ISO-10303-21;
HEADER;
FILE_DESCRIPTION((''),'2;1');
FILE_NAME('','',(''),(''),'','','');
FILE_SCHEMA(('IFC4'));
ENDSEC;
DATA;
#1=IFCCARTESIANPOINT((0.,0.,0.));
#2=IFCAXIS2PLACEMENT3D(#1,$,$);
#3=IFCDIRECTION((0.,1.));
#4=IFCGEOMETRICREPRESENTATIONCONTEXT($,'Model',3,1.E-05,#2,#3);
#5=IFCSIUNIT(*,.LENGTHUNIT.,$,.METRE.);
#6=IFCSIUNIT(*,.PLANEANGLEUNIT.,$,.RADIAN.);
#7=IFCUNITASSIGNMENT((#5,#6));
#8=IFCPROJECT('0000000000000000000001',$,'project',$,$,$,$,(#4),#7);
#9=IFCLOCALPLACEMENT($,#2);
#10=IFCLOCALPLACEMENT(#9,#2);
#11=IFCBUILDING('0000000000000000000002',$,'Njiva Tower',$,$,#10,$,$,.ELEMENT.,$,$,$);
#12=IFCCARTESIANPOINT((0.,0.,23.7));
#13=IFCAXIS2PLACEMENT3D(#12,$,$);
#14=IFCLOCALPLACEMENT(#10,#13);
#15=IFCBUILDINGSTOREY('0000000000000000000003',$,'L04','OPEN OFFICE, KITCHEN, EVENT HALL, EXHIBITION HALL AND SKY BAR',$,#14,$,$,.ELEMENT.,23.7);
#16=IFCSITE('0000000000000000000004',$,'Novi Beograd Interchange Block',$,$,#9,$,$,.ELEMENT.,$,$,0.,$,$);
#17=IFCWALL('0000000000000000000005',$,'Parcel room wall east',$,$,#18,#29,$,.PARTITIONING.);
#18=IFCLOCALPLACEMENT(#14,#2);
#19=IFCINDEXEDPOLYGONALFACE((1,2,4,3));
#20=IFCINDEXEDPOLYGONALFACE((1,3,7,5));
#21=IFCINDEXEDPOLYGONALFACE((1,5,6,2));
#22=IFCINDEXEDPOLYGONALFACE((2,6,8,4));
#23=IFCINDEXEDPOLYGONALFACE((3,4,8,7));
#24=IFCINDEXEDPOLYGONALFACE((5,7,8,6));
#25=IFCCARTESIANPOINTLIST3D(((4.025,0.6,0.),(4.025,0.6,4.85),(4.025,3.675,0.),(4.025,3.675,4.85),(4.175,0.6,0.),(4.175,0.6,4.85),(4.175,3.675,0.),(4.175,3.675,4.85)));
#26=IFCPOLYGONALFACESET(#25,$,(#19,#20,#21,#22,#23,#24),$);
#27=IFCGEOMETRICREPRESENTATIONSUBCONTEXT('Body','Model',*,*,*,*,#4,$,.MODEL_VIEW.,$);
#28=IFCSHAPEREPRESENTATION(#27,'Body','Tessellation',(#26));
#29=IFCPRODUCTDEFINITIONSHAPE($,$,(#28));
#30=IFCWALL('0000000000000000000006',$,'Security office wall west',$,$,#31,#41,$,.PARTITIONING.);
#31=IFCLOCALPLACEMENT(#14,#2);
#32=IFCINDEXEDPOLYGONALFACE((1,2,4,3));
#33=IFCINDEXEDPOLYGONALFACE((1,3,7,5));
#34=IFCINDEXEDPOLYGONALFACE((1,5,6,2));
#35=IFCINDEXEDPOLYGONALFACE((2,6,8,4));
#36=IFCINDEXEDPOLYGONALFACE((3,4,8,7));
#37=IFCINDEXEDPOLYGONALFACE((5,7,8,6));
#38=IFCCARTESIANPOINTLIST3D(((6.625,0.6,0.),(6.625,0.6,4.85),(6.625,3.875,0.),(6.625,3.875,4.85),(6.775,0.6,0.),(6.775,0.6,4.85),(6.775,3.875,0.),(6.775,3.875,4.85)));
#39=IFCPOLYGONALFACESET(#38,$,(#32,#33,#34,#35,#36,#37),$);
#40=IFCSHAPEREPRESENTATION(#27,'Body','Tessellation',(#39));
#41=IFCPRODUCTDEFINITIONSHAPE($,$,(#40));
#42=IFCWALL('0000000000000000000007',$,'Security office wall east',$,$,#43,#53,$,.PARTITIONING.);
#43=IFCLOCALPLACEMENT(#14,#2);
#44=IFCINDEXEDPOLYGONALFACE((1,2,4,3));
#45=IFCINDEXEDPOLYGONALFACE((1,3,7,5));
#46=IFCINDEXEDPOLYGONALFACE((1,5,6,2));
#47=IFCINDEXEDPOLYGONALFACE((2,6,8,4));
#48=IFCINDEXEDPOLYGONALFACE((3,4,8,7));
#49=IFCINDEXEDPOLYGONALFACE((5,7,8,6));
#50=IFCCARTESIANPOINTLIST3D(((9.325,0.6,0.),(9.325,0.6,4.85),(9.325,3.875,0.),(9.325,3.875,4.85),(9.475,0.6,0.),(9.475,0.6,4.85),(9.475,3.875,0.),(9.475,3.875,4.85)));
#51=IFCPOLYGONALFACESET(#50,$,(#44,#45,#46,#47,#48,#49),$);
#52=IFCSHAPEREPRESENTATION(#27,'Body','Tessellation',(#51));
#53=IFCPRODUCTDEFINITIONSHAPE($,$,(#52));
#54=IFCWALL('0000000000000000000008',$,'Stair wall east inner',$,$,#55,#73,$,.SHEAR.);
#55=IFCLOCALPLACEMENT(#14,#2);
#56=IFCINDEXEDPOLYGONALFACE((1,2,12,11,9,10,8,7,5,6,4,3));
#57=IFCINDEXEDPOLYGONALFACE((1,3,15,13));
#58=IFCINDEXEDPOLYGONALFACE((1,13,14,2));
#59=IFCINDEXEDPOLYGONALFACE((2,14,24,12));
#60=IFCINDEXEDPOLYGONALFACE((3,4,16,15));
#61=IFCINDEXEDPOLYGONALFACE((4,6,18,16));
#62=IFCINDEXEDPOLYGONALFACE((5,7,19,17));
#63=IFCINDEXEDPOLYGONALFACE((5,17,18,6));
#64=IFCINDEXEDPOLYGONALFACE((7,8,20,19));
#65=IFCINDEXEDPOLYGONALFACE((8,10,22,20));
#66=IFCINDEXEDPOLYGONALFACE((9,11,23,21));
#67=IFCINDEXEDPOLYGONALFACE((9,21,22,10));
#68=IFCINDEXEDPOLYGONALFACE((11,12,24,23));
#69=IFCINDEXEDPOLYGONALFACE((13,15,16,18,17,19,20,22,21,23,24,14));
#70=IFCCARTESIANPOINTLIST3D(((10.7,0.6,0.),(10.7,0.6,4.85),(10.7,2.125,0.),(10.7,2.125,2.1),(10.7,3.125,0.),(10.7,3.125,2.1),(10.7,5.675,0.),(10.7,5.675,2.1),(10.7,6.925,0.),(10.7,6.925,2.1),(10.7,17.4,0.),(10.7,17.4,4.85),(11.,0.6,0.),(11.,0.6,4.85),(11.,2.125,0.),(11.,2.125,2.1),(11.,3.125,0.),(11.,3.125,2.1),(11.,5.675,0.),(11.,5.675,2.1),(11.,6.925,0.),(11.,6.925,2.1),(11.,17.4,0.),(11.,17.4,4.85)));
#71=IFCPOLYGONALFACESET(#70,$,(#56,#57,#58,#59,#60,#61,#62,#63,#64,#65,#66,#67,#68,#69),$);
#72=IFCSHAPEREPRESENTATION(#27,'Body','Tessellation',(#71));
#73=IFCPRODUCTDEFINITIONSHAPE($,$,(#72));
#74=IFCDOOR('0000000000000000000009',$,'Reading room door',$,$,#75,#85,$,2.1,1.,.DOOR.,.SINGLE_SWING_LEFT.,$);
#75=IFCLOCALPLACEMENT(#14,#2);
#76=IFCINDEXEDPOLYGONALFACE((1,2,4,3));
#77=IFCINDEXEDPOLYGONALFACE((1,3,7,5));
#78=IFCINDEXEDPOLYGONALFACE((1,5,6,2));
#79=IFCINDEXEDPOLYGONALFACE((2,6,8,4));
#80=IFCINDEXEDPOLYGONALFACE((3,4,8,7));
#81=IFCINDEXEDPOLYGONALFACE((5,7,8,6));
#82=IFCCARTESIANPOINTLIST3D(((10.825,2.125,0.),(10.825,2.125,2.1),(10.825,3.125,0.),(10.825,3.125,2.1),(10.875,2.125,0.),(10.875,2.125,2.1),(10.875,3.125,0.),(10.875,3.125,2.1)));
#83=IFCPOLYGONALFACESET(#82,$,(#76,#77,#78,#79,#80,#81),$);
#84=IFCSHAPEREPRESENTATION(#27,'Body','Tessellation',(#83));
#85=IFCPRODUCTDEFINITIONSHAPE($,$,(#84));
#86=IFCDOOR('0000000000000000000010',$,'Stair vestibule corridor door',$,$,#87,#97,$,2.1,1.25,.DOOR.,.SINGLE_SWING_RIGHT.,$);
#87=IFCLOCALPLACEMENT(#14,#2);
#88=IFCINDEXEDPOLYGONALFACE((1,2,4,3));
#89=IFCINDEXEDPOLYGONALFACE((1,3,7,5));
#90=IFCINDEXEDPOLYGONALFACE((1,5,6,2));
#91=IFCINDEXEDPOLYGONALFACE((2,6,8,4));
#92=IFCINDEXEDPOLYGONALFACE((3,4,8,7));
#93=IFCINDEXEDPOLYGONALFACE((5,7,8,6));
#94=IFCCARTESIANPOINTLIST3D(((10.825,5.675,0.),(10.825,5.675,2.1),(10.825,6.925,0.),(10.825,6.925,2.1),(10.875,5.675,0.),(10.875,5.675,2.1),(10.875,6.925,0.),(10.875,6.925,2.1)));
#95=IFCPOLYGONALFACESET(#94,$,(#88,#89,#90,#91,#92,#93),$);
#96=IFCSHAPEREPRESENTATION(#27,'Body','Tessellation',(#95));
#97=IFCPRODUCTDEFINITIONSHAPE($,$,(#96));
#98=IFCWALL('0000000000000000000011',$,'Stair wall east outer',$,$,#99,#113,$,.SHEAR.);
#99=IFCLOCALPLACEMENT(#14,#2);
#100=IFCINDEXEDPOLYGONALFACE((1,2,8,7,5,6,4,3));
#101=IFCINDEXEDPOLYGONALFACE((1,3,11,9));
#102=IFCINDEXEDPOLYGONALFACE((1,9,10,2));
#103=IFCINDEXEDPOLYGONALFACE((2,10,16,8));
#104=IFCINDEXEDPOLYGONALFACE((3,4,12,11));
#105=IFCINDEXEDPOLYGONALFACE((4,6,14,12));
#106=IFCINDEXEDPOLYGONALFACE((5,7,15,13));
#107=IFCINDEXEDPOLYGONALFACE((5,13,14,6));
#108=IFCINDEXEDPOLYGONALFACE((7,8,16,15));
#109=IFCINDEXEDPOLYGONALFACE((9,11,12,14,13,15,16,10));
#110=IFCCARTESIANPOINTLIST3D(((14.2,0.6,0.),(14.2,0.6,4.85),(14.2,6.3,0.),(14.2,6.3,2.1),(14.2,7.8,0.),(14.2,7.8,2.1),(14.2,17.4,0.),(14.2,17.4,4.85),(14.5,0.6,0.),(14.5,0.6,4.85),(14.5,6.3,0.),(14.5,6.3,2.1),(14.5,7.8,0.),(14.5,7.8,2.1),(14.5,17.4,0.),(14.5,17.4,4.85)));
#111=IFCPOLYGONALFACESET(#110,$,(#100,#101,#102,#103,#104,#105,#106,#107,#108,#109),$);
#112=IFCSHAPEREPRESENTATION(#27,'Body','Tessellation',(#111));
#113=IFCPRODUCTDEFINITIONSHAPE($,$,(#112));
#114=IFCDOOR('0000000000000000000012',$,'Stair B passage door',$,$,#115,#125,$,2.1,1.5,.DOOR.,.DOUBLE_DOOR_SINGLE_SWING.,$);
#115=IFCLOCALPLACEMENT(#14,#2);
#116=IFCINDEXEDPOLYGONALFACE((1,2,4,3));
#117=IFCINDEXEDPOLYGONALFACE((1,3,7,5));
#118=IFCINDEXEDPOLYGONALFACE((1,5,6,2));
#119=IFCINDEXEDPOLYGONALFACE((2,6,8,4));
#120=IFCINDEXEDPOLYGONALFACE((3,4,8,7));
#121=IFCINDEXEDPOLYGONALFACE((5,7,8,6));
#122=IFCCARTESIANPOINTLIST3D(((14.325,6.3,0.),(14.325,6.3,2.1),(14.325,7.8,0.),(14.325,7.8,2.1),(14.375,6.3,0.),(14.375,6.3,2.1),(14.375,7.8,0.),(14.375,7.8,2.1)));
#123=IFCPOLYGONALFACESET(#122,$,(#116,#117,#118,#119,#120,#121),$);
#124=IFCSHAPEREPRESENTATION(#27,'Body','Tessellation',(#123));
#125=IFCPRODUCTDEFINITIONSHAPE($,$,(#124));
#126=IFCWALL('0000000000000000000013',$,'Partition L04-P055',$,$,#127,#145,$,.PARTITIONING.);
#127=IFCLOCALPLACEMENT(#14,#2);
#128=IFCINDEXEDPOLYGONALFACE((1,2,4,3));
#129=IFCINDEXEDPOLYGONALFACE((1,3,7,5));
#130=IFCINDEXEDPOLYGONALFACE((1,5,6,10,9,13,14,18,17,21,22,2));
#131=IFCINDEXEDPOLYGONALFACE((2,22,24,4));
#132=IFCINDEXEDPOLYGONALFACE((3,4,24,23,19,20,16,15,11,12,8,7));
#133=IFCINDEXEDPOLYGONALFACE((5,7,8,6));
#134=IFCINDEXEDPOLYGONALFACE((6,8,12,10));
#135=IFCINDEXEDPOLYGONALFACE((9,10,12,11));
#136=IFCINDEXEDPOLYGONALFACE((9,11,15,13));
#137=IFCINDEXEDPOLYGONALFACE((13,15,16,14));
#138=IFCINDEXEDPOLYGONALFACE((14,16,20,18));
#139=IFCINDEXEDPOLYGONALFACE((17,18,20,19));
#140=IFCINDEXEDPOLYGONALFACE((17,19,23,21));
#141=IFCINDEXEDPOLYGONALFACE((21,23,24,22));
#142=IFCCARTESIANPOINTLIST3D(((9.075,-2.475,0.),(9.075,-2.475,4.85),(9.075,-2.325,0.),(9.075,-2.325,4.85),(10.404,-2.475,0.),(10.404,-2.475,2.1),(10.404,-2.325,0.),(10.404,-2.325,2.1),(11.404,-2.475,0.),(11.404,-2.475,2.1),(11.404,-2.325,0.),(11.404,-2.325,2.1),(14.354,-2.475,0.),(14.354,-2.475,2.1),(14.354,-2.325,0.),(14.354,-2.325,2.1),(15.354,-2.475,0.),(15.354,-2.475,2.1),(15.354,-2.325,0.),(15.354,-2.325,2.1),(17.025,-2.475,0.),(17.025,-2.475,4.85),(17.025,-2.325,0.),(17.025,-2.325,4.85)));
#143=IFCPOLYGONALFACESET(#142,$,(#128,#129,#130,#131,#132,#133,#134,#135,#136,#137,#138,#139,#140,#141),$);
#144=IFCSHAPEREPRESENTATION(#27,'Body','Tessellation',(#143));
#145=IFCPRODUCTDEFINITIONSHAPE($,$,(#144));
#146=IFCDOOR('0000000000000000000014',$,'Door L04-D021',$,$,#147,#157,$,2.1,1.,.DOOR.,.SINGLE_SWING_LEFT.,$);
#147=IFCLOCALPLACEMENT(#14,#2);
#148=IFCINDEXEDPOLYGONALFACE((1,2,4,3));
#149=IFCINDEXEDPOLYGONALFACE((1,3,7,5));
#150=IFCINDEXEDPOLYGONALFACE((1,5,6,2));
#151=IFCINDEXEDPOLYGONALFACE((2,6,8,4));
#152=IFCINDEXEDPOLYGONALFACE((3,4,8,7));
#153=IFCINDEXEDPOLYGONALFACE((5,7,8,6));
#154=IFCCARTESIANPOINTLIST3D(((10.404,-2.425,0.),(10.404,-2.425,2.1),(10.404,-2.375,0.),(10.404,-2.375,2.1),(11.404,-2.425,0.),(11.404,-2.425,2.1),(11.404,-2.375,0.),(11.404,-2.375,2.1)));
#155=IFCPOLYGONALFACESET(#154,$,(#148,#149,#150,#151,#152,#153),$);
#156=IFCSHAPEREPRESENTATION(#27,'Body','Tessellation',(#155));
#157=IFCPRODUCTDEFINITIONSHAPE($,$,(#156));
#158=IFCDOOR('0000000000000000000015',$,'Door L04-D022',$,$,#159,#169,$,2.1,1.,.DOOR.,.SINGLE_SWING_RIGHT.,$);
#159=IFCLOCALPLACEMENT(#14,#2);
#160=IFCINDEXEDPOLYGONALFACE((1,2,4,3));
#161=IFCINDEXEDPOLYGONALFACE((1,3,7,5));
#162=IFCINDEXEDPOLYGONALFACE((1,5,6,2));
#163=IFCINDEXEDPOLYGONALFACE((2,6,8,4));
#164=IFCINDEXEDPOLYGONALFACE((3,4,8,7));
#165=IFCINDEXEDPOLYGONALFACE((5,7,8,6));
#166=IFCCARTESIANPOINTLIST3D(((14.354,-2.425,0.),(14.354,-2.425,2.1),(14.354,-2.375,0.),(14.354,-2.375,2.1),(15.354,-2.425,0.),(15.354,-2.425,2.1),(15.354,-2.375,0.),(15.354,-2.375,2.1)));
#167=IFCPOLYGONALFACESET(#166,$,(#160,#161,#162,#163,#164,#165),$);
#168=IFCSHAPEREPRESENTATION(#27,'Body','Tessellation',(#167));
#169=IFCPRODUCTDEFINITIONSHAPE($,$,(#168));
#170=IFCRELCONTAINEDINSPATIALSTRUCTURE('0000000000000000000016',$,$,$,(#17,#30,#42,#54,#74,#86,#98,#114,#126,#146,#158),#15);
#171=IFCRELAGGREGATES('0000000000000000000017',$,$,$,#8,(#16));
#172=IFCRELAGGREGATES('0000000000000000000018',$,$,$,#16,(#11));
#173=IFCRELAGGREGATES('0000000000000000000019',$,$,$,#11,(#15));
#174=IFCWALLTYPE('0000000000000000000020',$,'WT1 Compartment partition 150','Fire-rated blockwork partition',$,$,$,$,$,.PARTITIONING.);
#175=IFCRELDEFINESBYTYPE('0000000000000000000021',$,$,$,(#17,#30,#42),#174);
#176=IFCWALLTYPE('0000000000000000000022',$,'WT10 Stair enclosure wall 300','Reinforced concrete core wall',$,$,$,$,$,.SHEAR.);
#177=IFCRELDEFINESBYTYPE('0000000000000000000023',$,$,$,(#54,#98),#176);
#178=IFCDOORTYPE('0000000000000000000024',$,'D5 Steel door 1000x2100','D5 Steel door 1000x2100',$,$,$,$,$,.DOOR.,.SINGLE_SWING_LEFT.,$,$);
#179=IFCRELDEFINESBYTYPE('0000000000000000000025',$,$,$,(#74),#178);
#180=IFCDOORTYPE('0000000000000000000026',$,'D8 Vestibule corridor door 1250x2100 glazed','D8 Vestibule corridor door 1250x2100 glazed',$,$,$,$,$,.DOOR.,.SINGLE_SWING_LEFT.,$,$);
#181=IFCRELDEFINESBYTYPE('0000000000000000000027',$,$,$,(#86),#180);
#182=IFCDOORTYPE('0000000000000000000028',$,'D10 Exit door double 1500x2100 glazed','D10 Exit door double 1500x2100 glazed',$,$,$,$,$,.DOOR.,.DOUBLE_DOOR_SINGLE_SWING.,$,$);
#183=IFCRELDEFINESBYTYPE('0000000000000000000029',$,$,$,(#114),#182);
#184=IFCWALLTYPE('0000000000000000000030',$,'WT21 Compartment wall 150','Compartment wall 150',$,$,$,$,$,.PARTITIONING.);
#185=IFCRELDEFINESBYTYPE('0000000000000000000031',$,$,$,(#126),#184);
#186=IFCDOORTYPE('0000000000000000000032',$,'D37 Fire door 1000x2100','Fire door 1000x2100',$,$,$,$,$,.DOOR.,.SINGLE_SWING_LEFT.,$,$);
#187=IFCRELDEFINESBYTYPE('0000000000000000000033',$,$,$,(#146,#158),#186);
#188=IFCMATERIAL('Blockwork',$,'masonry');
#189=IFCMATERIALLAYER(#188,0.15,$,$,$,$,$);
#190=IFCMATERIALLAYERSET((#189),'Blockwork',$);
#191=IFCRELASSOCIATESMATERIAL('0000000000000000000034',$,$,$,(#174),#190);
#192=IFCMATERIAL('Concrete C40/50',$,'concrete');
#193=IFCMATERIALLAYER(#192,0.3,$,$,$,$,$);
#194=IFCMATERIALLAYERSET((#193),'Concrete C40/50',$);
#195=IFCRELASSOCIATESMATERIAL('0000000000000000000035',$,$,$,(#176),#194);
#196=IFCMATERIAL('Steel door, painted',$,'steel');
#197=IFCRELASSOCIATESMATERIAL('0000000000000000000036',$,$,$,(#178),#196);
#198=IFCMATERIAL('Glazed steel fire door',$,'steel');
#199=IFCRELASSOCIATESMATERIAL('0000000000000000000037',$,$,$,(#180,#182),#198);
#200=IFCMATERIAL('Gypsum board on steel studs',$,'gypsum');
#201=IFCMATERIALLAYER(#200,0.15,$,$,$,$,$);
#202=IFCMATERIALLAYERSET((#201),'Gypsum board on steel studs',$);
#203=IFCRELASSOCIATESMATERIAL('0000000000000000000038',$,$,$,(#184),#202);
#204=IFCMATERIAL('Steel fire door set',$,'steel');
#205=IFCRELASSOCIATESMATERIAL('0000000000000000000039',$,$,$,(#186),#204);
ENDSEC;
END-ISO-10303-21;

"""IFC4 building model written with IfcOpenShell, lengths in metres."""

from ifc_helpers import new_model, si_unit, direction, frame, frame_2d, origin, place, context, subcontext, project, spatial, rectangle, extrude, material, layer, layer_set, type_object, element, fill, save


model = new_model("IFC4")

# Units and contexts
model_context = context("Model", 3, precision=1e-05, world=origin(), true_north=direction((0.0, 1.0)))
body_context = subcontext(model_context, "Body", "Model", "MODEL_VIEW")
ifc_project = project(units=[si_unit("LENGTHUNIT", "METRE"), si_unit("PLANEANGLEUNIT", "RADIAN")], contexts=[model_context])

# Site, building, storey
site_placement = place(None, origin())
site = spatial("IfcSite", under=ifc_project, at=site_placement, Name="Novi Beograd Interchange Block", CompositionType="ELEMENT", RefElevation=0.0)
building_placement = place(site_placement, origin())
building = spatial("IfcBuilding", under=site, at=building_placement, Name="Njiva Tower", CompositionType="ELEMENT")
storey_placement = place(building_placement, frame((0.0, 0.0, 23.7)))
storey = spatial("IfcBuildingStorey", under=building, at=storey_placement, Name="L04", Description="OPEN OFFICE, KITCHEN, EVENT HALL, EXHIBITION HALL AND SKY BAR", CompositionType="ELEMENT", Elevation=23.7)

# Shared definitions
ifc_material_1 = material(Name="Concrete C40/50", Category="concrete")

# Walls
ifc_material_2 = material(Name="Blockwork", Category="masonry")
ifc_layer_1 = layer(ifc_material_2, 0.15)
ifc_layer_set_1 = layer_set([ifc_layer_1], Name="Blockwork")
wall_type_1 = type_object("IfcWallType", Name="WT1 Compartment partition 150", Description="Fire-rated blockwork partition", PredefinedType="PARTITIONING", material=ifc_layer_set_1)
for number, where, z_axis, x_axis, name in (
    (1, (4.1, 0.6, 0.0), (0.0, 0.0, 1.0), (0.0, 1.0, 0.0), "Parcel room wall east"),
):
    element("IfcWall", number, at=place(storey_placement, frame(where, z_axis=z_axis, x_axis=x_axis)), inside=storey, type_object=wall_type_1, Name=name, PredefinedType="PARTITIONING", context=body_context, shape_type="SweptSolid", body=[
        extrude(rectangle(XDim=3.075, YDim=0.15, at=frame_2d((1.5375, 0.0))), origin(), (0.0, 0.0, 1.0), 4.85),
    ])
for number, where, z_axis, x_axis, name in (
    (2, (6.7, 0.6, 0.0), (0.0, 0.0, 1.0), (0.0, 1.0, 0.0), "Security office wall west"),
    (3, (9.4, 0.6, 0.0), (0.0, 0.0, 1.0), (0.0, 1.0, 0.0), "Security office wall east"),
):
    element("IfcWall", number, at=place(storey_placement, frame(where, z_axis=z_axis, x_axis=x_axis)), inside=storey, type_object=wall_type_1, Name=name, PredefinedType="PARTITIONING", context=body_context, shape_type="SweptSolid", body=[
        extrude(rectangle(XDim=3.275, YDim=0.15, at=frame_2d((1.6375, 0.0))), origin(), (0.0, 0.0, 1.0), 4.85),
    ])

# Wall, openings, doors
ifc_layer_2 = layer(ifc_material_1, 0.3)
ifc_layer_set_2 = layer_set([ifc_layer_2], Name="Concrete C40/50")
wall_type_2 = type_object("IfcWallType", Name="WT10 Stair enclosure wall 300", Description="Reinforced concrete core wall", PredefinedType="SHEAR", material=ifc_layer_set_2)
wall_1_placement = place(storey_placement, frame((10.85, 0.6, 0.0), z_axis=(0.0, 0.0, 1.0), x_axis=(0.0, 1.0, 0.0)))
wall_1 = element("IfcWall", 4, at=wall_1_placement, inside=storey, type_object=wall_type_2, Name="Stair wall east inner", PredefinedType="SHEAR", context=body_context, shape_type="SweptSolid", body=[
    extrude(rectangle(XDim=16.8, YDim=0.3, at=frame_2d((8.4, 0.0))), origin(), (0.0, 0.0, 1.0), 4.85),
])
opening_1_placement = place(wall_1_placement, frame((5.075, 0.0, 0.0)))
opening_1 = element("IfcOpeningElement", 5, at=opening_1_placement, cuts=wall_1, PredefinedType="OPENING", context=body_context, shape_type="SweptSolid", body=[
    extrude(rectangle(XDim=1.25, YDim=2.1, at=frame_2d((0.625, 1.05))), frame((0.0, 0.16, 0.0), z_axis=(0.0, -1.0, 0.0), x_axis=(1.0, 0.0, 0.0)), (0.0, 0.0, 1.0), 0.32),
])
opening_2_placement = place(wall_1_placement, frame((1.525, 0.0, 0.0)))
opening_2 = element("IfcOpeningElement", 6, at=opening_2_placement, cuts=wall_1, PredefinedType="OPENING", context=body_context, shape_type="SweptSolid", body=[
    extrude(rectangle(XDim=1.0, YDim=2.1, at=frame_2d((0.5, 1.05))), frame((0.0, 0.16, 0.0), z_axis=(0.0, -1.0, 0.0), x_axis=(1.0, 0.0, 0.0)), (0.0, 0.0, 1.0), 0.32),
])
ifc_material_3 = material(Name="Steel door, painted", Category="steel")
door_type_1 = type_object("IfcDoorType", Name="D5 Steel door 1000x2100", Description="D5 Steel door 1000x2100", OperationType="SINGLE_SWING_LEFT", PredefinedType="DOOR", material=ifc_material_3)
door_1_placement = place(opening_2_placement, origin())
door_1 = element("IfcDoor", 7, at=door_1_placement, inside=storey, type_object=door_type_1, Name="Reading room door", OperationType="SINGLE_SWING_LEFT", OverallHeight=2.1, OverallWidth=1.0, PredefinedType="DOOR", context=body_context, shape_type="SweptSolid", body=[
    extrude(rectangle(XDim=1.0, YDim=2.1, at=frame_2d((0.5, 1.05))), frame((0.0, 0.025, 0.0), z_axis=(0.0, -1.0, 0.0), x_axis=(1.0, 0.0, 0.0)), (0.0, 0.0, 1.0), 0.05),
])
fill(opening_2, door_1)
ifc_material_4 = material(Name="Glazed steel fire door", Category="steel")
door_type_2 = type_object("IfcDoorType", Name="D8 Vestibule corridor door 1250x2100 glazed", Description="D8 Vestibule corridor door 1250x2100 glazed", OperationType="SINGLE_SWING_LEFT", PredefinedType="DOOR", material=ifc_material_4)
door_2_placement = place(opening_1_placement, origin())
door_2 = element("IfcDoor", 8, at=door_2_placement, inside=storey, type_object=door_type_2, Name="Stair vestibule corridor door", OperationType="SINGLE_SWING_RIGHT", OverallHeight=2.1, OverallWidth=1.25, PredefinedType="DOOR", context=body_context, shape_type="SweptSolid", body=[
    extrude(rectangle(XDim=1.25, YDim=2.1, at=frame_2d((0.625, 1.05))), frame((0.0, 0.025, 0.0), z_axis=(0.0, -1.0, 0.0), x_axis=(1.0, 0.0, 0.0)), (0.0, 0.0, 1.0), 0.05),
])
fill(opening_1, door_2)

# Wall, opening, door
wall_2_placement = place(storey_placement, frame((14.35, 0.6, 0.0), z_axis=(0.0, 0.0, 1.0), x_axis=(0.0, 1.0, 0.0)))
wall_2 = element("IfcWall", 9, at=wall_2_placement, inside=storey, type_object=wall_type_2, Name="Stair wall east outer", PredefinedType="SHEAR", context=body_context, shape_type="SweptSolid", body=[
    extrude(rectangle(XDim=16.8, YDim=0.3, at=frame_2d((8.4, 0.0))), origin(), (0.0, 0.0, 1.0), 4.85),
])
opening_3_placement = place(wall_2_placement, frame((5.7, 0.0, 0.0)))
opening_3 = element("IfcOpeningElement", 10, at=opening_3_placement, cuts=wall_2, PredefinedType="OPENING", context=body_context, shape_type="SweptSolid", body=[
    extrude(rectangle(XDim=1.5, YDim=2.1, at=frame_2d((0.75, 1.05))), frame((0.0, 0.16, 0.0), z_axis=(0.0, -1.0, 0.0), x_axis=(1.0, 0.0, 0.0)), (0.0, 0.0, 1.0), 0.32),
])
door_type_3 = type_object("IfcDoorType", Name="D10 Exit door double 1500x2100 glazed", Description="D10 Exit door double 1500x2100 glazed", OperationType="DOUBLE_DOOR_SINGLE_SWING", PredefinedType="DOOR", material=ifc_material_4)
door_3_placement = place(opening_3_placement, origin())
door_3 = element("IfcDoor", 11, at=door_3_placement, inside=storey, type_object=door_type_3, Name="Stair B passage door", OperationType="DOUBLE_DOOR_SINGLE_SWING", OverallHeight=2.1, OverallWidth=1.5, PredefinedType="DOOR", context=body_context, shape_type="SweptSolid", body=[
    extrude(rectangle(XDim=1.5, YDim=2.1, at=frame_2d((0.75, 1.05))), frame((0.0, 0.025, 0.0), z_axis=(0.0, -1.0, 0.0), x_axis=(1.0, 0.0, 0.0)), (0.0, 0.0, 1.0), 0.05),
])
fill(opening_3, door_3)

# Wall, openings, doors
ifc_material_5 = material(Name="Gypsum board on steel studs", Category="gypsum")
ifc_layer_3 = layer(ifc_material_5, 0.15)
ifc_layer_set_3 = layer_set([ifc_layer_3], Name="Gypsum board on steel studs")
wall_type_3 = type_object("IfcWallType", Name="WT21 Compartment wall 150", Description="Compartment wall 150", PredefinedType="PARTITIONING", material=ifc_layer_set_3)
wall_3_placement = place(storey_placement, frame((9.075, -2.4, 0.0), z_axis=(0.0, 0.0, 1.0), x_axis=(1.0, 0.0, 0.0)))
wall_3 = element("IfcWall", 12, at=wall_3_placement, inside=storey, type_object=wall_type_3, Name="Partition L04-P055", PredefinedType="PARTITIONING", context=body_context, shape_type="SweptSolid", body=[
    extrude(rectangle(XDim=7.95, YDim=0.15, at=frame_2d((3.975, 0.0))), origin(), (0.0, 0.0, 1.0), 4.85),
])
opening_4_placement = place(wall_3_placement, frame((1.329, 0.0, 0.0)))
opening_4 = element("IfcOpeningElement", 13, at=opening_4_placement, cuts=wall_3, PredefinedType="OPENING", context=body_context, shape_type="SweptSolid", body=[
    extrude(rectangle(XDim=1.0, YDim=2.1, at=frame_2d((0.5, 1.05))), frame((0.0, 0.085, 0.0), z_axis=(0.0, -1.0, 0.0), x_axis=(1.0, 0.0, 0.0)), (0.0, 0.0, 1.0), 0.17),
])
opening_5_placement = place(wall_3_placement, frame((5.279, 0.0, 0.0)))
opening_5 = element("IfcOpeningElement", 14, at=opening_5_placement, cuts=wall_3, PredefinedType="OPENING", context=body_context, shape_type="SweptSolid", body=[
    extrude(rectangle(XDim=1.0, YDim=2.1, at=frame_2d((0.5, 1.05))), frame((0.0, 0.085, 0.0), z_axis=(0.0, -1.0, 0.0), x_axis=(1.0, 0.0, 0.0)), (0.0, 0.0, 1.0), 0.17),
])
ifc_material_6 = material(Name="Steel fire door set", Category="steel")
door_type_4 = type_object("IfcDoorType", Name="D37 Fire door 1000x2100", Description="Fire door 1000x2100", OperationType="SINGLE_SWING_LEFT", PredefinedType="DOOR", material=ifc_material_6)
door_4_placement = place(opening_4_placement, origin())
door_4 = element("IfcDoor", 15, at=door_4_placement, inside=storey, type_object=door_type_4, Name="Door L04-D021", OperationType="SINGLE_SWING_LEFT", OverallHeight=2.1, OverallWidth=1.0, PredefinedType="DOOR", context=body_context, shape_type="SweptSolid", body=[
    extrude(rectangle(XDim=1.0, YDim=2.1, at=frame_2d((0.5, 1.05))), frame((0.0, 0.025, 0.0), z_axis=(0.0, -1.0, 0.0), x_axis=(1.0, 0.0, 0.0)), (0.0, 0.0, 1.0), 0.05),
])
fill(opening_4, door_4)
door_5_placement = place(opening_5_placement, origin())
door_5 = element("IfcDoor", 16, at=door_5_placement, inside=storey, type_object=door_type_4, Name="Door L04-D022", OperationType="SINGLE_SWING_RIGHT", OverallHeight=2.1, OverallWidth=1.0, PredefinedType="DOOR", context=body_context, shape_type="SweptSolid", body=[
    extrude(rectangle(XDim=1.0, YDim=2.1, at=frame_2d((0.5, 1.05))), frame((0.0, 0.025, 0.0), z_axis=(0.0, -1.0, 0.0), x_axis=(1.0, 0.0, 0.0)), (0.0, 0.0, 1.0), 0.05),
])
fill(opening_5, door_5)

save(model, "model.ifc")
